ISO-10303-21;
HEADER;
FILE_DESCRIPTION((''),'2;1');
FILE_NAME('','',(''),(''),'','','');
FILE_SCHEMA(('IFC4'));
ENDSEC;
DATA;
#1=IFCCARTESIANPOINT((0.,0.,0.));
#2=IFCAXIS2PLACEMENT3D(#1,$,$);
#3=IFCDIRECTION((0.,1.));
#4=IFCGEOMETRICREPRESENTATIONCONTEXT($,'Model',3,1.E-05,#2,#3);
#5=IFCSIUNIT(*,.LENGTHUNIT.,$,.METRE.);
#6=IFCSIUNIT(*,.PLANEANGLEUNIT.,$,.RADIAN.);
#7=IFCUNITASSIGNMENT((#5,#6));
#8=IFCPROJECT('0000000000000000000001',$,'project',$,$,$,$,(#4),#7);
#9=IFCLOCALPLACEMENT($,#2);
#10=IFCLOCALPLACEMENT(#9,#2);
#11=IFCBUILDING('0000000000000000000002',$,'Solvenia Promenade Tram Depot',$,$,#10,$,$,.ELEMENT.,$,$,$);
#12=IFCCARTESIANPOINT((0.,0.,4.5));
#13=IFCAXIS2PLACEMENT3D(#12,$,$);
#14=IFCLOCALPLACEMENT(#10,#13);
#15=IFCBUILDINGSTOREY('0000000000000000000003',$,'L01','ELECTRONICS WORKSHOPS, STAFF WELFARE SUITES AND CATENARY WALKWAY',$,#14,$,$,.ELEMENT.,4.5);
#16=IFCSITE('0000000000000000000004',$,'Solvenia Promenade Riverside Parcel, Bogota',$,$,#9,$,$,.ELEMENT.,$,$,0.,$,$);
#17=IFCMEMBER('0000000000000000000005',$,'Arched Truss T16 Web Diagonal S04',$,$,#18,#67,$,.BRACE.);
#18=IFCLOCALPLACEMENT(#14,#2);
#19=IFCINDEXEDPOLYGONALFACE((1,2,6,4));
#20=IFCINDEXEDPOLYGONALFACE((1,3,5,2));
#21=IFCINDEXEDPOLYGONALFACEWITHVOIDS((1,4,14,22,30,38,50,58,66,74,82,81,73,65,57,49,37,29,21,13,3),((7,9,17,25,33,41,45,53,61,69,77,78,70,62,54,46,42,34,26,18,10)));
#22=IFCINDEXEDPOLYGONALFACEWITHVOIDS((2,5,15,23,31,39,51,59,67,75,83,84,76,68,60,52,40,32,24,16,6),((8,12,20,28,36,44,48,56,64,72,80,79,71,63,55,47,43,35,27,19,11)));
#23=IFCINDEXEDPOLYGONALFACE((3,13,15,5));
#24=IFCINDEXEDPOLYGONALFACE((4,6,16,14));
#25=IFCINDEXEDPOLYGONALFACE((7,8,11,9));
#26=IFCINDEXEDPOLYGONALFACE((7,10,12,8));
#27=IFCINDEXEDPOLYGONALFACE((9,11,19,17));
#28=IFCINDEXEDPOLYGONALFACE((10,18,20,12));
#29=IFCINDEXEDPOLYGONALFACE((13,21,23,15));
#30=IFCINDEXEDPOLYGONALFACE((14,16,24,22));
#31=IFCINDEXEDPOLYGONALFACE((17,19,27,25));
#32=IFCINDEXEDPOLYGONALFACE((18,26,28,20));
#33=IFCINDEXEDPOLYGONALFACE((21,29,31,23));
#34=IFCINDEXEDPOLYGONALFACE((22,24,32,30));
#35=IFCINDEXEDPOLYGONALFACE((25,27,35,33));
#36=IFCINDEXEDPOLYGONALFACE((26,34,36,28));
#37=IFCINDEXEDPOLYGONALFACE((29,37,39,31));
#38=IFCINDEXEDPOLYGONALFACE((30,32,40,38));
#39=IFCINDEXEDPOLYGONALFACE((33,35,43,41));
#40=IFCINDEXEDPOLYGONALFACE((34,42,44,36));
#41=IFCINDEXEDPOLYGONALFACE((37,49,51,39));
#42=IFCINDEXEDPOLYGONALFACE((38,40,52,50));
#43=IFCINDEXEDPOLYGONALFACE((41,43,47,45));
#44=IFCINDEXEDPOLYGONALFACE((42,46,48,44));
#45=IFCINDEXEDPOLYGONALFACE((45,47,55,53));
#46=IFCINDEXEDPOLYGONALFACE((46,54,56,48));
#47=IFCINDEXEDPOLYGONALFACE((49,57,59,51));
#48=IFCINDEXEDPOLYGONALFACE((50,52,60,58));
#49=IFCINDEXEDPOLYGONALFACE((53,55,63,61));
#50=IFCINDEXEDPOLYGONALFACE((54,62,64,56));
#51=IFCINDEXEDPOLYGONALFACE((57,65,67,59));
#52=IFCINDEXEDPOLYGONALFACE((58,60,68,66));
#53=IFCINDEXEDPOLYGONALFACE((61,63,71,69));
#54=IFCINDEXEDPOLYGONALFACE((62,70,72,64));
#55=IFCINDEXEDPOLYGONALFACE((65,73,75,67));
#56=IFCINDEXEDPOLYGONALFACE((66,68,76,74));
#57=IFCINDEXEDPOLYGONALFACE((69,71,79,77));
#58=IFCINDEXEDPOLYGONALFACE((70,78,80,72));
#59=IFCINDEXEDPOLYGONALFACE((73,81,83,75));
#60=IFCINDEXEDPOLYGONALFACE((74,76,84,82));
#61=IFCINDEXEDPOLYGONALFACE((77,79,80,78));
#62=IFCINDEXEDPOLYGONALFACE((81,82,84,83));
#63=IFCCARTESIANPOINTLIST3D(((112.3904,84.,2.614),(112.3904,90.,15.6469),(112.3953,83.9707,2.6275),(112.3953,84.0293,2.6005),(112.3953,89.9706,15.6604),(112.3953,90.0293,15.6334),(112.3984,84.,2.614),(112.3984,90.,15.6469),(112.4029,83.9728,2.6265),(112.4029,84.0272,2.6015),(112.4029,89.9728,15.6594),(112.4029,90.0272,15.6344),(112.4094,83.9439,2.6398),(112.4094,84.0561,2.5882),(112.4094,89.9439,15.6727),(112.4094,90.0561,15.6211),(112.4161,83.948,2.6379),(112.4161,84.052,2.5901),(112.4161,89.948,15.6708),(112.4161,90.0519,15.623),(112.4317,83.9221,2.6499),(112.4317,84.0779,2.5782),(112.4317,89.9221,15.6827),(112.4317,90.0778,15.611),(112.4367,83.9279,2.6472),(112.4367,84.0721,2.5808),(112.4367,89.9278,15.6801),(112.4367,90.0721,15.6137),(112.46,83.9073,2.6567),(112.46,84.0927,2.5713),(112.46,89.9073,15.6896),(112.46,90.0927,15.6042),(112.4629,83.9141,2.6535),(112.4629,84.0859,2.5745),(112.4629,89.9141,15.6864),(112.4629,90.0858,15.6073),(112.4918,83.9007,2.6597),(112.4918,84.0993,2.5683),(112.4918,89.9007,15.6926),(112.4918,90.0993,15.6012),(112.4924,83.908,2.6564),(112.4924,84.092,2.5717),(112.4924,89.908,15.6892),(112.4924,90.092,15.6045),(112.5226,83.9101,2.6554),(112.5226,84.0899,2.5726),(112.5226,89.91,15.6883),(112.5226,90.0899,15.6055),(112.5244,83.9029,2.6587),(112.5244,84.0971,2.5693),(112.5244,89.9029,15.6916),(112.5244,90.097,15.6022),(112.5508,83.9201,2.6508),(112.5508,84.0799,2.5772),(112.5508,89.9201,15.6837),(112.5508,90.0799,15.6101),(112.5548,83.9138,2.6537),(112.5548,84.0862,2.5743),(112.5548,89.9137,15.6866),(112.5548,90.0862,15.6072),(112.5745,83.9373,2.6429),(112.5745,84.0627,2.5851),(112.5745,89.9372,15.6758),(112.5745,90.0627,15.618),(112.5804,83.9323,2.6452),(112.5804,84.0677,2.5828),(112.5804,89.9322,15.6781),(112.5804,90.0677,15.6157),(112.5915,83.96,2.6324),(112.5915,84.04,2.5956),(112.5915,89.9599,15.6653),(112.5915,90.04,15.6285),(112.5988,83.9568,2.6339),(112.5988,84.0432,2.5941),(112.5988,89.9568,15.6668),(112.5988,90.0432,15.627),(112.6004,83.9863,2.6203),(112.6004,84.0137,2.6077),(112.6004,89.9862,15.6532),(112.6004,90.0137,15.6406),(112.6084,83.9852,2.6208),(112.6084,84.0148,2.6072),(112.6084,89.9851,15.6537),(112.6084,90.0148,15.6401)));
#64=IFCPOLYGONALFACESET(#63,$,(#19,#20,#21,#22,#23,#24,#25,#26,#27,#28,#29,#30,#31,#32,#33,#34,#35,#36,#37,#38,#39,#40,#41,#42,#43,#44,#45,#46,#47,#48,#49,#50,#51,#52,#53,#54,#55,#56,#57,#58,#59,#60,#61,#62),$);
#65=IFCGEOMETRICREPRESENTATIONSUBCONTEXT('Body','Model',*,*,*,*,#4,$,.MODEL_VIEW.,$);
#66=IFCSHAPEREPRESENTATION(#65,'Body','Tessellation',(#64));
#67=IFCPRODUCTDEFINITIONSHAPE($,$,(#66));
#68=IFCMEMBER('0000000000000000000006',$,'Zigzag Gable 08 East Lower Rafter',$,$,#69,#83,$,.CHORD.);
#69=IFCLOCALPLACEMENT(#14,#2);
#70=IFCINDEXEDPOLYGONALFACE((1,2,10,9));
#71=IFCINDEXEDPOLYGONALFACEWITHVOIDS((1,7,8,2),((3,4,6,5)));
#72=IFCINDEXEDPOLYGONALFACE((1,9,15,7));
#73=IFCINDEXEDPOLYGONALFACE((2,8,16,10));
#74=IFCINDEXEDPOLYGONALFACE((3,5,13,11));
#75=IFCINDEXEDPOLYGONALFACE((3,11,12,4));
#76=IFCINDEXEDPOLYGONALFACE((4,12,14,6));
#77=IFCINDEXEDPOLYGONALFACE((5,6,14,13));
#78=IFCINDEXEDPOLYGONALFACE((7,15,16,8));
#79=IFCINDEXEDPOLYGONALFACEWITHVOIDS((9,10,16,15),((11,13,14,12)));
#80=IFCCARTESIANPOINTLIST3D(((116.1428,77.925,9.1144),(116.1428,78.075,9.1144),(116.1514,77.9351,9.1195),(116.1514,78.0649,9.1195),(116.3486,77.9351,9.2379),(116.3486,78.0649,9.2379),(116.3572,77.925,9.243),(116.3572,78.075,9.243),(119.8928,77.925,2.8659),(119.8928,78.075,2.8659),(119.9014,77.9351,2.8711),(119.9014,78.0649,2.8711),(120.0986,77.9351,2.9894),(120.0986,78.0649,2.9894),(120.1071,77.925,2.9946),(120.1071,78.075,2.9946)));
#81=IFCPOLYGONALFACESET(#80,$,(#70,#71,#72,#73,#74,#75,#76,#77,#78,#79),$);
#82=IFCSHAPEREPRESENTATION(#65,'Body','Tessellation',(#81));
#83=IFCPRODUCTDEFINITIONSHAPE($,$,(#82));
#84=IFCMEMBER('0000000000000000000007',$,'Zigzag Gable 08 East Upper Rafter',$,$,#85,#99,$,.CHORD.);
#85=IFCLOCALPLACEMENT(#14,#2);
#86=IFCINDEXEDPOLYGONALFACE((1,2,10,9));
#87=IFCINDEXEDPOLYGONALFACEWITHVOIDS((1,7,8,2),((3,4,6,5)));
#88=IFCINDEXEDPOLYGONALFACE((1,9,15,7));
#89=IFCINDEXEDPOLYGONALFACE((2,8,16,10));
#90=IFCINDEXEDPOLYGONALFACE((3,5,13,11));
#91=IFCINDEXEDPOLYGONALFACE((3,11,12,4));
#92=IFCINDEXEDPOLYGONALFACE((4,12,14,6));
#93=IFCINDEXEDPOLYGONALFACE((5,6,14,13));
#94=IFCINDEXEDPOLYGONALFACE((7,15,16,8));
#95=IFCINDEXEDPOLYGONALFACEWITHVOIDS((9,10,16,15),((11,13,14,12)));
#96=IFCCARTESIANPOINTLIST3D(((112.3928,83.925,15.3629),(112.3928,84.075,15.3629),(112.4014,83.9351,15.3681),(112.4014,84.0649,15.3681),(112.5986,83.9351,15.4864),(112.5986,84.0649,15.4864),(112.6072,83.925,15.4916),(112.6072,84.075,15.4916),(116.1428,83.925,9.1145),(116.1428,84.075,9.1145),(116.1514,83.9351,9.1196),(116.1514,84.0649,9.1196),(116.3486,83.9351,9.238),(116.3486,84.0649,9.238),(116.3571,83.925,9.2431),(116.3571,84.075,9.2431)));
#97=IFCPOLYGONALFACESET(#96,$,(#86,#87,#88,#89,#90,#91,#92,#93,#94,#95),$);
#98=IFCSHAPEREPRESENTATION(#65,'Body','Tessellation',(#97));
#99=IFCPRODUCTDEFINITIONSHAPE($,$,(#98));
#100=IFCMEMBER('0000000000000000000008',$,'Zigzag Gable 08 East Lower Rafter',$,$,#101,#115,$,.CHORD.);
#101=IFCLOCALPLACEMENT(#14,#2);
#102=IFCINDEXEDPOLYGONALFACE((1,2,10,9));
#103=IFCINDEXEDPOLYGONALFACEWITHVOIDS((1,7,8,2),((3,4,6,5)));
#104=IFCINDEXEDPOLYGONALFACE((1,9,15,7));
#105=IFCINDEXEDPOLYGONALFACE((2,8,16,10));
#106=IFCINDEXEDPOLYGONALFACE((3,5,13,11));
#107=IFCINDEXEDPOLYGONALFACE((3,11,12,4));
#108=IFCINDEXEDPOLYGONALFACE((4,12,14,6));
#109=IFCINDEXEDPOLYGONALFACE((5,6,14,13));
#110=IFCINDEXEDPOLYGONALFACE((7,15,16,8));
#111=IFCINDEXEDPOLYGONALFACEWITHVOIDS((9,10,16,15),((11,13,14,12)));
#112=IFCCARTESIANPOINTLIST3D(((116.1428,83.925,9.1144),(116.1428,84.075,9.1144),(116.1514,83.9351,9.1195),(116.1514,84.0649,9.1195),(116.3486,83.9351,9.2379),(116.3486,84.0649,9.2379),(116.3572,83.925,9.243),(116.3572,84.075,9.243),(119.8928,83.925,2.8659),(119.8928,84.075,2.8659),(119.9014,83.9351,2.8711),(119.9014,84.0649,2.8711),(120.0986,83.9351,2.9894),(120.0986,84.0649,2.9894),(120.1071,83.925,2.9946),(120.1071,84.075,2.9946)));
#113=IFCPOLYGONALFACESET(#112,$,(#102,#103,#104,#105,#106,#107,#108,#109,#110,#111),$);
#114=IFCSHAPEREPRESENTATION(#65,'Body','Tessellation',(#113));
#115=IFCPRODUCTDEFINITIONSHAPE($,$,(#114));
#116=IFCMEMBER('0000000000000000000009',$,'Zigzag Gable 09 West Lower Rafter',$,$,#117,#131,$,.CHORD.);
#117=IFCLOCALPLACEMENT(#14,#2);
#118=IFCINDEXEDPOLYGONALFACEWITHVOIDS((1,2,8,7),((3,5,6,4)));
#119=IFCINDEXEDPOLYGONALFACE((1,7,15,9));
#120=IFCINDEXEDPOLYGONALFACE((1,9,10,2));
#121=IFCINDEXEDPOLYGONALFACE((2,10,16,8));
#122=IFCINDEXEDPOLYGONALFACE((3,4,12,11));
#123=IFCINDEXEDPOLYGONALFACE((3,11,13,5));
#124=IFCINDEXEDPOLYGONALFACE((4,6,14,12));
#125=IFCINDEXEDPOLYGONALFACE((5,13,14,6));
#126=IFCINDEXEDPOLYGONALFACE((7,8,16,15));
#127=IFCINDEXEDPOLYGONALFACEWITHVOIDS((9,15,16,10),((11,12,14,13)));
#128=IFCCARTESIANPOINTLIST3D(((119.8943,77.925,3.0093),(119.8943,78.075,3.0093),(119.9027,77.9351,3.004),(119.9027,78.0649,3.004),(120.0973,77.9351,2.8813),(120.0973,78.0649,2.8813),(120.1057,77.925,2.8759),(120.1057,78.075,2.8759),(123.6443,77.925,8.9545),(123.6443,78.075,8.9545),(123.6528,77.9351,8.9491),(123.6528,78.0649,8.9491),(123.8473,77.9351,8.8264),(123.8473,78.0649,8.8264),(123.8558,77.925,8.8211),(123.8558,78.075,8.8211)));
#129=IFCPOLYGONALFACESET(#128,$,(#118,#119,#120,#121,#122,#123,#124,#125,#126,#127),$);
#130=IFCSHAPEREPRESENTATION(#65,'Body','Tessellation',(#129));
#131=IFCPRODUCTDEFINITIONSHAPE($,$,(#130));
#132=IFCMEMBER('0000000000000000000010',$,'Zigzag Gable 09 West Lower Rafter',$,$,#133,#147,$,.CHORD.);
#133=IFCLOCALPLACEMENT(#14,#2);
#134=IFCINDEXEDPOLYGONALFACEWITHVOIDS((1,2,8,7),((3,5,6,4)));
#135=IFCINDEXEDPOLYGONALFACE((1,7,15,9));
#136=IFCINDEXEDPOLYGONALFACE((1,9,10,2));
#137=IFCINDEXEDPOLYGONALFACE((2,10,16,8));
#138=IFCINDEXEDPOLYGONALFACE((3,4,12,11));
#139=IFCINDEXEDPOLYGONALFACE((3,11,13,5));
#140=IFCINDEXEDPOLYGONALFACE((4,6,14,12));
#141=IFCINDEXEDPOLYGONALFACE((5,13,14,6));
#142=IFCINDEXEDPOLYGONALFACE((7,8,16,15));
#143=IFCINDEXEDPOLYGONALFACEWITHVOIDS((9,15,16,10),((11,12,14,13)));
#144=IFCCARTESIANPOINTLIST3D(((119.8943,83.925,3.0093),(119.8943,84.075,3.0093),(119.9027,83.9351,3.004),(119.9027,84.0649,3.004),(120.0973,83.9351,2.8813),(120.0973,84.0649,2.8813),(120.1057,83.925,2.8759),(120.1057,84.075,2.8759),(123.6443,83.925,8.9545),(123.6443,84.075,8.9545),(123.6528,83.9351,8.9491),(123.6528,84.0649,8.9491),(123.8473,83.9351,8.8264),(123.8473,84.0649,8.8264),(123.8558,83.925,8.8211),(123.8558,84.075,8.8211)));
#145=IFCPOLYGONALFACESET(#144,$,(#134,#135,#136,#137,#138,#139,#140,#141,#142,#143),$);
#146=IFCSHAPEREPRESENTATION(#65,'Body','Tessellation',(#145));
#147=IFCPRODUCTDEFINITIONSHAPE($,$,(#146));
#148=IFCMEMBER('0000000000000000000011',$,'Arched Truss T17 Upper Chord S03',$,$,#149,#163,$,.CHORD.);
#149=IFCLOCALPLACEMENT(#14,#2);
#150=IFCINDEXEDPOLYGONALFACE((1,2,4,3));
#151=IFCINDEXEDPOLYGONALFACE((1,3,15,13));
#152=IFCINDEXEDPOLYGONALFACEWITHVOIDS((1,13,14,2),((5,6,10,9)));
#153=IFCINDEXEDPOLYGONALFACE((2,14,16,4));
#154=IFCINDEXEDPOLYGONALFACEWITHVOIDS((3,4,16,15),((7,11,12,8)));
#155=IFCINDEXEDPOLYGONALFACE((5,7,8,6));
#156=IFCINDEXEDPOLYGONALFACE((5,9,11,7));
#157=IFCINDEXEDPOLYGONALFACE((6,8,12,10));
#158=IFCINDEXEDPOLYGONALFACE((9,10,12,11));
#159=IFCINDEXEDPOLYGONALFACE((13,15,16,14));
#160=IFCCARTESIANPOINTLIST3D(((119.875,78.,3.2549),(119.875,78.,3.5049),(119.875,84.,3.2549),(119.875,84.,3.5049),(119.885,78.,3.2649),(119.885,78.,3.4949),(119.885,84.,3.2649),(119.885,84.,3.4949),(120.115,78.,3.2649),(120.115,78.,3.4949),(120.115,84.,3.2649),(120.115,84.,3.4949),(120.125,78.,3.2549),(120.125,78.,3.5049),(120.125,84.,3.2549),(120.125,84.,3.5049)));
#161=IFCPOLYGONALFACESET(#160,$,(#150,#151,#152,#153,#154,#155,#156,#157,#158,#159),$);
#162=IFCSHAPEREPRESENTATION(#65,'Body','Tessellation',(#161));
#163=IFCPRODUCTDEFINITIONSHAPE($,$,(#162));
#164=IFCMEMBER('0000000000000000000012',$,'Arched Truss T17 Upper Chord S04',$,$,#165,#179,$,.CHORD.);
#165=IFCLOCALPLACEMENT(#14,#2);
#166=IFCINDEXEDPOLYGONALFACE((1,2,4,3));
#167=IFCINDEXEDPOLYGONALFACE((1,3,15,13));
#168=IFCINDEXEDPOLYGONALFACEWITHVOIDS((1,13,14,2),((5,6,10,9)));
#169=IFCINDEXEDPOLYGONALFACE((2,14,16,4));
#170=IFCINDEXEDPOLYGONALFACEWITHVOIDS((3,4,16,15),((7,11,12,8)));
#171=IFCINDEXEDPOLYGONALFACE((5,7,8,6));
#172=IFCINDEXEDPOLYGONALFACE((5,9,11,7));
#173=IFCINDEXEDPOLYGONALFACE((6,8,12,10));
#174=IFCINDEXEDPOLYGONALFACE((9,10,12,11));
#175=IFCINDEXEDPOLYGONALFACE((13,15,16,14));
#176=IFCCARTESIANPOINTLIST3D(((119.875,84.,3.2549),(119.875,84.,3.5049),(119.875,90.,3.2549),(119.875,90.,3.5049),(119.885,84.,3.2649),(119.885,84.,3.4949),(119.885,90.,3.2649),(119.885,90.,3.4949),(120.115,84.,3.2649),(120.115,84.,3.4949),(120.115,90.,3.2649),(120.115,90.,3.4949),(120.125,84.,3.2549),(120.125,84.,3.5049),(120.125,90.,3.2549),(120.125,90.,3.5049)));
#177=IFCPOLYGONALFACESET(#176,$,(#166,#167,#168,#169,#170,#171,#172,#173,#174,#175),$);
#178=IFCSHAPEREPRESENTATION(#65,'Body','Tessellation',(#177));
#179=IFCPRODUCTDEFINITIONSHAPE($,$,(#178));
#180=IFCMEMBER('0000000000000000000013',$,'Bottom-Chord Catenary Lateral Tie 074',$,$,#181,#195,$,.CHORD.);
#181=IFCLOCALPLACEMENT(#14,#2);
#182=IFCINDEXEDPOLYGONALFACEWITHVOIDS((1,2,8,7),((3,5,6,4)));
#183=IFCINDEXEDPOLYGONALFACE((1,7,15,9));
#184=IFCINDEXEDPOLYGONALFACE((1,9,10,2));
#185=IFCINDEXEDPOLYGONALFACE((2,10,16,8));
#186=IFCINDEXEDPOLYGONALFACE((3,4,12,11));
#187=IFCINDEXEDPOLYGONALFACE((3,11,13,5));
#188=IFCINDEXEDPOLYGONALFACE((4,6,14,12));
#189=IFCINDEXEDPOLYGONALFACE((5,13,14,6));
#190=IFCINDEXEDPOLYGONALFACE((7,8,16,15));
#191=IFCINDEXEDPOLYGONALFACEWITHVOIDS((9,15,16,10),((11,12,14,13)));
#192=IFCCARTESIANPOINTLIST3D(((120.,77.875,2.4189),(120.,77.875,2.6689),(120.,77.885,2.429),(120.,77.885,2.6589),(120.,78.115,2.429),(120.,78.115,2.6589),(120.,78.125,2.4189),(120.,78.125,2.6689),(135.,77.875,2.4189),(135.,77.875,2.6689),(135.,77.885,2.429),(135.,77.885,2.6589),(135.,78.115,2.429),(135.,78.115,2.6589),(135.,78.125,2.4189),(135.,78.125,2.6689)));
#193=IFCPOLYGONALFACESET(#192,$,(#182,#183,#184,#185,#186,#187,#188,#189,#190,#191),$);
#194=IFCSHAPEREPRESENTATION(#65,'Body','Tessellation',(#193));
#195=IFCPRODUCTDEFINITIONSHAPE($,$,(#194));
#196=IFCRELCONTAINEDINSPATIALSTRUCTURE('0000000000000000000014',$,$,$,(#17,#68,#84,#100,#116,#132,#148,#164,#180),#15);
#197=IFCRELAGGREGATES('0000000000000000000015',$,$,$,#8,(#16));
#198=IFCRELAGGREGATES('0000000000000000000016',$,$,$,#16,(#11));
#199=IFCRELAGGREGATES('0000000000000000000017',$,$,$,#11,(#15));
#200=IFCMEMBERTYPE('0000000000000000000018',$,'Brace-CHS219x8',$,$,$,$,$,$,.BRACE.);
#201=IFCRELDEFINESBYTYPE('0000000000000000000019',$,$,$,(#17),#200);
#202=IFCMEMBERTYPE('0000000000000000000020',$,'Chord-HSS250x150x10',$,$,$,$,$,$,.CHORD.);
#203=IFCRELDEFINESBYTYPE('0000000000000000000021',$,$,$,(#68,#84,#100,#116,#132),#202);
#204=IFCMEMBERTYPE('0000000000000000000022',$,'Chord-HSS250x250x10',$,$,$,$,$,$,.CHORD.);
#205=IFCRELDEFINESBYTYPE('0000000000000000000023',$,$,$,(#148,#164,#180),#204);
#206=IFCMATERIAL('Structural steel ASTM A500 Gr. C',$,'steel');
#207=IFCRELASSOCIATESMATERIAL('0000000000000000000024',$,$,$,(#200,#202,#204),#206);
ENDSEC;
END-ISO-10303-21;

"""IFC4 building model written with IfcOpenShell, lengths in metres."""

from ifc_helpers import new_model, si_unit, direction, frame, origin, origin_2d, place, context, subcontext, project, spatial, hollow_rectangle, hollow_circle, extrude, material, material_profile, profile_set, type_object, element, save


model = new_model("IFC4")

# Units and contexts
model_context = context("Model", 3, precision=1e-05, world=origin(), true_north=direction((0.0, 1.0)))
body_context = subcontext(model_context, "Body", "Model", "MODEL_VIEW")
ifc_project = project(units=[si_unit("LENGTHUNIT", "METRE"), si_unit("PLANEANGLEUNIT", "RADIAN")], contexts=[model_context])

# Site, building, storey
site_placement = place(None, origin())
site = spatial("IfcSite", under=ifc_project, at=site_placement, Name="Solvenia Promenade Riverside Parcel, Bogota", CompositionType="ELEMENT", RefElevation=0.0)
building_placement = place(site_placement, origin())
building = spatial("IfcBuilding", under=site, at=building_placement, Name="Solvenia Promenade Tram Depot", CompositionType="ELEMENT")
storey_placement = place(building_placement, frame((0.0, 0.0, 4.5)))
storey = spatial("IfcBuildingStorey", under=building, at=storey_placement, Name="L01", Description="ELECTRONICS WORKSHOPS, STAFF WELFARE SUITES AND CATENARY WALKWAY", CompositionType="ELEMENT", Elevation=4.5)

# Members
ifc_material_1 = material(Name="Structural steel ASTM A500 Gr. C", Category="steel")
ifc_material_profile_1 = material_profile(ifc_material_1, hollow_circle(Radius=0.1096, WallThickness=0.0081, at=origin_2d()), Name="CHS219.1x8", Category="steel")
ifc_profile_set_1 = profile_set([ifc_material_profile_1], Name="Structural steel ASTM A500 Gr. C")
member_type_1 = type_object("IfcMemberType", Name="Brace-CHS219x8", PredefinedType="BRACE", material=ifc_profile_set_1)
member_1_placement = place(storey_placement, frame((112.5, 84.0, 2.614), z_axis=(0.0, 0.418184, 0.908362), x_axis=(-1.0, 0.0, 0.0)))
element("IfcMember", 1, at=member_1_placement, inside=storey, type_object=member_type_1, Name="Arched Truss T16 Web Diagonal S04", PredefinedType="BRACE", context=body_context, shape_type="SweptSolid", body=[
    extrude(hollow_circle(Radius=0.1096, WallThickness=0.0081, at=origin_2d()), origin(), (0.0, 0.0, 1.0), 14.3477),
])
ifc_material_profile_2 = material_profile(ifc_material_1, hollow_rectangle(XDim=0.1499, YDim=0.25, WallThickness=0.01, at=origin_2d()), Name="HSS250x150x10", Category="steel")
ifc_profile_set_2 = profile_set([ifc_material_profile_2], Name="Structural steel ASTM A500 Gr. C")
member_type_2 = type_object("IfcMemberType", Name="Chord-HSS250x150x10", PredefinedType="CHORD", material=ifc_profile_set_2)
for number, where, z_axis, x_axis, name in (
    (2, (116.25, 78.0, 9.1787), (0.514584, 0.0, -0.85744), (0.0, 1.0, 0.0), "Zigzag Gable 08 East Lower Rafter"),
    (3, (112.5, 84.0, 15.4272), (0.514584, 0.0, -0.85744), (0.0, 1.0, 0.0), "Zigzag Gable 08 East Upper Rafter"),
    (4, (116.25, 84.0, 9.1787), (0.514584, 0.0, -0.85744), (0.0, 1.0, 0.0), "Zigzag Gable 08 East Lower Rafter"),
):
    element("IfcMember", number, at=place(storey_placement, frame(where, z_axis=z_axis, x_axis=x_axis)), inside=storey, type_object=member_type_2, Name=name, PredefinedType="CHORD", context=body_context, shape_type="SweptSolid", body=[
        extrude(hollow_rectangle(XDim=0.1499, YDim=0.25, WallThickness=0.01, at=origin_2d()), origin(), (0.0, 0.0, 1.0), 7.2874),
    ])
for number, where, z_axis, x_axis, name in (
    (5, (120.0, 78.0, 2.9426), (0.533507, 0.0, 0.845796), (0.0, 1.0, 0.0), "Zigzag Gable 09 West Lower Rafter"),
    (6, (120.0, 84.0, 2.9426), (0.533507, 0.0, 0.845796), (0.0, 1.0, 0.0), "Zigzag Gable 09 West Lower Rafter"),
):
    element("IfcMember", number, at=place(storey_placement, frame(where, z_axis=z_axis, x_axis=x_axis)), inside=storey, type_object=member_type_2, Name=name, PredefinedType="CHORD", context=body_context, shape_type="SweptSolid", body=[
        extrude(hollow_rectangle(XDim=0.1499, YDim=0.25, WallThickness=0.01, at=origin_2d()), origin(), (0.0, 0.0, 1.0), 7.0291),
    ])
ifc_material_profile_3 = material_profile(ifc_material_1, hollow_rectangle(XDim=0.25, YDim=0.25, WallThickness=0.01, at=origin_2d()), Name="HSS250x250x10", Category="steel")
ifc_profile_set_3 = profile_set([ifc_material_profile_3], Name="Structural steel ASTM A500 Gr. C")
member_type_3 = type_object("IfcMemberType", Name="Chord-HSS250x250x10", PredefinedType="CHORD", material=ifc_profile_set_3)
for number, where, z_axis, x_axis, name in (
    (7, (120.0, 78.0, 3.3799), (0.0, 1.0, 0.0), (-1.0, 0.0, 0.0), "Arched Truss T17 Upper Chord S03"),
    (8, (120.0, 84.0, 3.3799), (0.0, 1.0, 0.0), (-1.0, 0.0, 0.0), "Arched Truss T17 Upper Chord S04"),
):
    element("IfcMember", number, at=place(storey_placement, frame(where, z_axis=z_axis, x_axis=x_axis)), inside=storey, type_object=member_type_3, Name=name, PredefinedType="CHORD", context=body_context, shape_type="SweptSolid", body=[
        extrude(hollow_rectangle(XDim=0.25, YDim=0.25, WallThickness=0.01, at=origin_2d()), origin(), (0.0, 0.0, 1.0), 6.0),
    ])
for number, where, z_axis, x_axis, name in (
    (9, (120.0, 78.0, 2.5439), (1.0, 0.0, 0.0), (0.0, 1.0, 0.0), "Bottom-Chord Catenary Lateral Tie 074"),
):
    element("IfcMember", number, at=place(storey_placement, frame(where, z_axis=z_axis, x_axis=x_axis)), inside=storey, type_object=member_type_3, Name=name, PredefinedType="CHORD", context=body_context, shape_type="SweptSolid", body=[
        extrude(hollow_rectangle(XDim=0.25, YDim=0.25, WallThickness=0.01, at=origin_2d()), origin(), (0.0, 0.0, 1.0), 15.0),
    ])

save(model, "model.ifc")
